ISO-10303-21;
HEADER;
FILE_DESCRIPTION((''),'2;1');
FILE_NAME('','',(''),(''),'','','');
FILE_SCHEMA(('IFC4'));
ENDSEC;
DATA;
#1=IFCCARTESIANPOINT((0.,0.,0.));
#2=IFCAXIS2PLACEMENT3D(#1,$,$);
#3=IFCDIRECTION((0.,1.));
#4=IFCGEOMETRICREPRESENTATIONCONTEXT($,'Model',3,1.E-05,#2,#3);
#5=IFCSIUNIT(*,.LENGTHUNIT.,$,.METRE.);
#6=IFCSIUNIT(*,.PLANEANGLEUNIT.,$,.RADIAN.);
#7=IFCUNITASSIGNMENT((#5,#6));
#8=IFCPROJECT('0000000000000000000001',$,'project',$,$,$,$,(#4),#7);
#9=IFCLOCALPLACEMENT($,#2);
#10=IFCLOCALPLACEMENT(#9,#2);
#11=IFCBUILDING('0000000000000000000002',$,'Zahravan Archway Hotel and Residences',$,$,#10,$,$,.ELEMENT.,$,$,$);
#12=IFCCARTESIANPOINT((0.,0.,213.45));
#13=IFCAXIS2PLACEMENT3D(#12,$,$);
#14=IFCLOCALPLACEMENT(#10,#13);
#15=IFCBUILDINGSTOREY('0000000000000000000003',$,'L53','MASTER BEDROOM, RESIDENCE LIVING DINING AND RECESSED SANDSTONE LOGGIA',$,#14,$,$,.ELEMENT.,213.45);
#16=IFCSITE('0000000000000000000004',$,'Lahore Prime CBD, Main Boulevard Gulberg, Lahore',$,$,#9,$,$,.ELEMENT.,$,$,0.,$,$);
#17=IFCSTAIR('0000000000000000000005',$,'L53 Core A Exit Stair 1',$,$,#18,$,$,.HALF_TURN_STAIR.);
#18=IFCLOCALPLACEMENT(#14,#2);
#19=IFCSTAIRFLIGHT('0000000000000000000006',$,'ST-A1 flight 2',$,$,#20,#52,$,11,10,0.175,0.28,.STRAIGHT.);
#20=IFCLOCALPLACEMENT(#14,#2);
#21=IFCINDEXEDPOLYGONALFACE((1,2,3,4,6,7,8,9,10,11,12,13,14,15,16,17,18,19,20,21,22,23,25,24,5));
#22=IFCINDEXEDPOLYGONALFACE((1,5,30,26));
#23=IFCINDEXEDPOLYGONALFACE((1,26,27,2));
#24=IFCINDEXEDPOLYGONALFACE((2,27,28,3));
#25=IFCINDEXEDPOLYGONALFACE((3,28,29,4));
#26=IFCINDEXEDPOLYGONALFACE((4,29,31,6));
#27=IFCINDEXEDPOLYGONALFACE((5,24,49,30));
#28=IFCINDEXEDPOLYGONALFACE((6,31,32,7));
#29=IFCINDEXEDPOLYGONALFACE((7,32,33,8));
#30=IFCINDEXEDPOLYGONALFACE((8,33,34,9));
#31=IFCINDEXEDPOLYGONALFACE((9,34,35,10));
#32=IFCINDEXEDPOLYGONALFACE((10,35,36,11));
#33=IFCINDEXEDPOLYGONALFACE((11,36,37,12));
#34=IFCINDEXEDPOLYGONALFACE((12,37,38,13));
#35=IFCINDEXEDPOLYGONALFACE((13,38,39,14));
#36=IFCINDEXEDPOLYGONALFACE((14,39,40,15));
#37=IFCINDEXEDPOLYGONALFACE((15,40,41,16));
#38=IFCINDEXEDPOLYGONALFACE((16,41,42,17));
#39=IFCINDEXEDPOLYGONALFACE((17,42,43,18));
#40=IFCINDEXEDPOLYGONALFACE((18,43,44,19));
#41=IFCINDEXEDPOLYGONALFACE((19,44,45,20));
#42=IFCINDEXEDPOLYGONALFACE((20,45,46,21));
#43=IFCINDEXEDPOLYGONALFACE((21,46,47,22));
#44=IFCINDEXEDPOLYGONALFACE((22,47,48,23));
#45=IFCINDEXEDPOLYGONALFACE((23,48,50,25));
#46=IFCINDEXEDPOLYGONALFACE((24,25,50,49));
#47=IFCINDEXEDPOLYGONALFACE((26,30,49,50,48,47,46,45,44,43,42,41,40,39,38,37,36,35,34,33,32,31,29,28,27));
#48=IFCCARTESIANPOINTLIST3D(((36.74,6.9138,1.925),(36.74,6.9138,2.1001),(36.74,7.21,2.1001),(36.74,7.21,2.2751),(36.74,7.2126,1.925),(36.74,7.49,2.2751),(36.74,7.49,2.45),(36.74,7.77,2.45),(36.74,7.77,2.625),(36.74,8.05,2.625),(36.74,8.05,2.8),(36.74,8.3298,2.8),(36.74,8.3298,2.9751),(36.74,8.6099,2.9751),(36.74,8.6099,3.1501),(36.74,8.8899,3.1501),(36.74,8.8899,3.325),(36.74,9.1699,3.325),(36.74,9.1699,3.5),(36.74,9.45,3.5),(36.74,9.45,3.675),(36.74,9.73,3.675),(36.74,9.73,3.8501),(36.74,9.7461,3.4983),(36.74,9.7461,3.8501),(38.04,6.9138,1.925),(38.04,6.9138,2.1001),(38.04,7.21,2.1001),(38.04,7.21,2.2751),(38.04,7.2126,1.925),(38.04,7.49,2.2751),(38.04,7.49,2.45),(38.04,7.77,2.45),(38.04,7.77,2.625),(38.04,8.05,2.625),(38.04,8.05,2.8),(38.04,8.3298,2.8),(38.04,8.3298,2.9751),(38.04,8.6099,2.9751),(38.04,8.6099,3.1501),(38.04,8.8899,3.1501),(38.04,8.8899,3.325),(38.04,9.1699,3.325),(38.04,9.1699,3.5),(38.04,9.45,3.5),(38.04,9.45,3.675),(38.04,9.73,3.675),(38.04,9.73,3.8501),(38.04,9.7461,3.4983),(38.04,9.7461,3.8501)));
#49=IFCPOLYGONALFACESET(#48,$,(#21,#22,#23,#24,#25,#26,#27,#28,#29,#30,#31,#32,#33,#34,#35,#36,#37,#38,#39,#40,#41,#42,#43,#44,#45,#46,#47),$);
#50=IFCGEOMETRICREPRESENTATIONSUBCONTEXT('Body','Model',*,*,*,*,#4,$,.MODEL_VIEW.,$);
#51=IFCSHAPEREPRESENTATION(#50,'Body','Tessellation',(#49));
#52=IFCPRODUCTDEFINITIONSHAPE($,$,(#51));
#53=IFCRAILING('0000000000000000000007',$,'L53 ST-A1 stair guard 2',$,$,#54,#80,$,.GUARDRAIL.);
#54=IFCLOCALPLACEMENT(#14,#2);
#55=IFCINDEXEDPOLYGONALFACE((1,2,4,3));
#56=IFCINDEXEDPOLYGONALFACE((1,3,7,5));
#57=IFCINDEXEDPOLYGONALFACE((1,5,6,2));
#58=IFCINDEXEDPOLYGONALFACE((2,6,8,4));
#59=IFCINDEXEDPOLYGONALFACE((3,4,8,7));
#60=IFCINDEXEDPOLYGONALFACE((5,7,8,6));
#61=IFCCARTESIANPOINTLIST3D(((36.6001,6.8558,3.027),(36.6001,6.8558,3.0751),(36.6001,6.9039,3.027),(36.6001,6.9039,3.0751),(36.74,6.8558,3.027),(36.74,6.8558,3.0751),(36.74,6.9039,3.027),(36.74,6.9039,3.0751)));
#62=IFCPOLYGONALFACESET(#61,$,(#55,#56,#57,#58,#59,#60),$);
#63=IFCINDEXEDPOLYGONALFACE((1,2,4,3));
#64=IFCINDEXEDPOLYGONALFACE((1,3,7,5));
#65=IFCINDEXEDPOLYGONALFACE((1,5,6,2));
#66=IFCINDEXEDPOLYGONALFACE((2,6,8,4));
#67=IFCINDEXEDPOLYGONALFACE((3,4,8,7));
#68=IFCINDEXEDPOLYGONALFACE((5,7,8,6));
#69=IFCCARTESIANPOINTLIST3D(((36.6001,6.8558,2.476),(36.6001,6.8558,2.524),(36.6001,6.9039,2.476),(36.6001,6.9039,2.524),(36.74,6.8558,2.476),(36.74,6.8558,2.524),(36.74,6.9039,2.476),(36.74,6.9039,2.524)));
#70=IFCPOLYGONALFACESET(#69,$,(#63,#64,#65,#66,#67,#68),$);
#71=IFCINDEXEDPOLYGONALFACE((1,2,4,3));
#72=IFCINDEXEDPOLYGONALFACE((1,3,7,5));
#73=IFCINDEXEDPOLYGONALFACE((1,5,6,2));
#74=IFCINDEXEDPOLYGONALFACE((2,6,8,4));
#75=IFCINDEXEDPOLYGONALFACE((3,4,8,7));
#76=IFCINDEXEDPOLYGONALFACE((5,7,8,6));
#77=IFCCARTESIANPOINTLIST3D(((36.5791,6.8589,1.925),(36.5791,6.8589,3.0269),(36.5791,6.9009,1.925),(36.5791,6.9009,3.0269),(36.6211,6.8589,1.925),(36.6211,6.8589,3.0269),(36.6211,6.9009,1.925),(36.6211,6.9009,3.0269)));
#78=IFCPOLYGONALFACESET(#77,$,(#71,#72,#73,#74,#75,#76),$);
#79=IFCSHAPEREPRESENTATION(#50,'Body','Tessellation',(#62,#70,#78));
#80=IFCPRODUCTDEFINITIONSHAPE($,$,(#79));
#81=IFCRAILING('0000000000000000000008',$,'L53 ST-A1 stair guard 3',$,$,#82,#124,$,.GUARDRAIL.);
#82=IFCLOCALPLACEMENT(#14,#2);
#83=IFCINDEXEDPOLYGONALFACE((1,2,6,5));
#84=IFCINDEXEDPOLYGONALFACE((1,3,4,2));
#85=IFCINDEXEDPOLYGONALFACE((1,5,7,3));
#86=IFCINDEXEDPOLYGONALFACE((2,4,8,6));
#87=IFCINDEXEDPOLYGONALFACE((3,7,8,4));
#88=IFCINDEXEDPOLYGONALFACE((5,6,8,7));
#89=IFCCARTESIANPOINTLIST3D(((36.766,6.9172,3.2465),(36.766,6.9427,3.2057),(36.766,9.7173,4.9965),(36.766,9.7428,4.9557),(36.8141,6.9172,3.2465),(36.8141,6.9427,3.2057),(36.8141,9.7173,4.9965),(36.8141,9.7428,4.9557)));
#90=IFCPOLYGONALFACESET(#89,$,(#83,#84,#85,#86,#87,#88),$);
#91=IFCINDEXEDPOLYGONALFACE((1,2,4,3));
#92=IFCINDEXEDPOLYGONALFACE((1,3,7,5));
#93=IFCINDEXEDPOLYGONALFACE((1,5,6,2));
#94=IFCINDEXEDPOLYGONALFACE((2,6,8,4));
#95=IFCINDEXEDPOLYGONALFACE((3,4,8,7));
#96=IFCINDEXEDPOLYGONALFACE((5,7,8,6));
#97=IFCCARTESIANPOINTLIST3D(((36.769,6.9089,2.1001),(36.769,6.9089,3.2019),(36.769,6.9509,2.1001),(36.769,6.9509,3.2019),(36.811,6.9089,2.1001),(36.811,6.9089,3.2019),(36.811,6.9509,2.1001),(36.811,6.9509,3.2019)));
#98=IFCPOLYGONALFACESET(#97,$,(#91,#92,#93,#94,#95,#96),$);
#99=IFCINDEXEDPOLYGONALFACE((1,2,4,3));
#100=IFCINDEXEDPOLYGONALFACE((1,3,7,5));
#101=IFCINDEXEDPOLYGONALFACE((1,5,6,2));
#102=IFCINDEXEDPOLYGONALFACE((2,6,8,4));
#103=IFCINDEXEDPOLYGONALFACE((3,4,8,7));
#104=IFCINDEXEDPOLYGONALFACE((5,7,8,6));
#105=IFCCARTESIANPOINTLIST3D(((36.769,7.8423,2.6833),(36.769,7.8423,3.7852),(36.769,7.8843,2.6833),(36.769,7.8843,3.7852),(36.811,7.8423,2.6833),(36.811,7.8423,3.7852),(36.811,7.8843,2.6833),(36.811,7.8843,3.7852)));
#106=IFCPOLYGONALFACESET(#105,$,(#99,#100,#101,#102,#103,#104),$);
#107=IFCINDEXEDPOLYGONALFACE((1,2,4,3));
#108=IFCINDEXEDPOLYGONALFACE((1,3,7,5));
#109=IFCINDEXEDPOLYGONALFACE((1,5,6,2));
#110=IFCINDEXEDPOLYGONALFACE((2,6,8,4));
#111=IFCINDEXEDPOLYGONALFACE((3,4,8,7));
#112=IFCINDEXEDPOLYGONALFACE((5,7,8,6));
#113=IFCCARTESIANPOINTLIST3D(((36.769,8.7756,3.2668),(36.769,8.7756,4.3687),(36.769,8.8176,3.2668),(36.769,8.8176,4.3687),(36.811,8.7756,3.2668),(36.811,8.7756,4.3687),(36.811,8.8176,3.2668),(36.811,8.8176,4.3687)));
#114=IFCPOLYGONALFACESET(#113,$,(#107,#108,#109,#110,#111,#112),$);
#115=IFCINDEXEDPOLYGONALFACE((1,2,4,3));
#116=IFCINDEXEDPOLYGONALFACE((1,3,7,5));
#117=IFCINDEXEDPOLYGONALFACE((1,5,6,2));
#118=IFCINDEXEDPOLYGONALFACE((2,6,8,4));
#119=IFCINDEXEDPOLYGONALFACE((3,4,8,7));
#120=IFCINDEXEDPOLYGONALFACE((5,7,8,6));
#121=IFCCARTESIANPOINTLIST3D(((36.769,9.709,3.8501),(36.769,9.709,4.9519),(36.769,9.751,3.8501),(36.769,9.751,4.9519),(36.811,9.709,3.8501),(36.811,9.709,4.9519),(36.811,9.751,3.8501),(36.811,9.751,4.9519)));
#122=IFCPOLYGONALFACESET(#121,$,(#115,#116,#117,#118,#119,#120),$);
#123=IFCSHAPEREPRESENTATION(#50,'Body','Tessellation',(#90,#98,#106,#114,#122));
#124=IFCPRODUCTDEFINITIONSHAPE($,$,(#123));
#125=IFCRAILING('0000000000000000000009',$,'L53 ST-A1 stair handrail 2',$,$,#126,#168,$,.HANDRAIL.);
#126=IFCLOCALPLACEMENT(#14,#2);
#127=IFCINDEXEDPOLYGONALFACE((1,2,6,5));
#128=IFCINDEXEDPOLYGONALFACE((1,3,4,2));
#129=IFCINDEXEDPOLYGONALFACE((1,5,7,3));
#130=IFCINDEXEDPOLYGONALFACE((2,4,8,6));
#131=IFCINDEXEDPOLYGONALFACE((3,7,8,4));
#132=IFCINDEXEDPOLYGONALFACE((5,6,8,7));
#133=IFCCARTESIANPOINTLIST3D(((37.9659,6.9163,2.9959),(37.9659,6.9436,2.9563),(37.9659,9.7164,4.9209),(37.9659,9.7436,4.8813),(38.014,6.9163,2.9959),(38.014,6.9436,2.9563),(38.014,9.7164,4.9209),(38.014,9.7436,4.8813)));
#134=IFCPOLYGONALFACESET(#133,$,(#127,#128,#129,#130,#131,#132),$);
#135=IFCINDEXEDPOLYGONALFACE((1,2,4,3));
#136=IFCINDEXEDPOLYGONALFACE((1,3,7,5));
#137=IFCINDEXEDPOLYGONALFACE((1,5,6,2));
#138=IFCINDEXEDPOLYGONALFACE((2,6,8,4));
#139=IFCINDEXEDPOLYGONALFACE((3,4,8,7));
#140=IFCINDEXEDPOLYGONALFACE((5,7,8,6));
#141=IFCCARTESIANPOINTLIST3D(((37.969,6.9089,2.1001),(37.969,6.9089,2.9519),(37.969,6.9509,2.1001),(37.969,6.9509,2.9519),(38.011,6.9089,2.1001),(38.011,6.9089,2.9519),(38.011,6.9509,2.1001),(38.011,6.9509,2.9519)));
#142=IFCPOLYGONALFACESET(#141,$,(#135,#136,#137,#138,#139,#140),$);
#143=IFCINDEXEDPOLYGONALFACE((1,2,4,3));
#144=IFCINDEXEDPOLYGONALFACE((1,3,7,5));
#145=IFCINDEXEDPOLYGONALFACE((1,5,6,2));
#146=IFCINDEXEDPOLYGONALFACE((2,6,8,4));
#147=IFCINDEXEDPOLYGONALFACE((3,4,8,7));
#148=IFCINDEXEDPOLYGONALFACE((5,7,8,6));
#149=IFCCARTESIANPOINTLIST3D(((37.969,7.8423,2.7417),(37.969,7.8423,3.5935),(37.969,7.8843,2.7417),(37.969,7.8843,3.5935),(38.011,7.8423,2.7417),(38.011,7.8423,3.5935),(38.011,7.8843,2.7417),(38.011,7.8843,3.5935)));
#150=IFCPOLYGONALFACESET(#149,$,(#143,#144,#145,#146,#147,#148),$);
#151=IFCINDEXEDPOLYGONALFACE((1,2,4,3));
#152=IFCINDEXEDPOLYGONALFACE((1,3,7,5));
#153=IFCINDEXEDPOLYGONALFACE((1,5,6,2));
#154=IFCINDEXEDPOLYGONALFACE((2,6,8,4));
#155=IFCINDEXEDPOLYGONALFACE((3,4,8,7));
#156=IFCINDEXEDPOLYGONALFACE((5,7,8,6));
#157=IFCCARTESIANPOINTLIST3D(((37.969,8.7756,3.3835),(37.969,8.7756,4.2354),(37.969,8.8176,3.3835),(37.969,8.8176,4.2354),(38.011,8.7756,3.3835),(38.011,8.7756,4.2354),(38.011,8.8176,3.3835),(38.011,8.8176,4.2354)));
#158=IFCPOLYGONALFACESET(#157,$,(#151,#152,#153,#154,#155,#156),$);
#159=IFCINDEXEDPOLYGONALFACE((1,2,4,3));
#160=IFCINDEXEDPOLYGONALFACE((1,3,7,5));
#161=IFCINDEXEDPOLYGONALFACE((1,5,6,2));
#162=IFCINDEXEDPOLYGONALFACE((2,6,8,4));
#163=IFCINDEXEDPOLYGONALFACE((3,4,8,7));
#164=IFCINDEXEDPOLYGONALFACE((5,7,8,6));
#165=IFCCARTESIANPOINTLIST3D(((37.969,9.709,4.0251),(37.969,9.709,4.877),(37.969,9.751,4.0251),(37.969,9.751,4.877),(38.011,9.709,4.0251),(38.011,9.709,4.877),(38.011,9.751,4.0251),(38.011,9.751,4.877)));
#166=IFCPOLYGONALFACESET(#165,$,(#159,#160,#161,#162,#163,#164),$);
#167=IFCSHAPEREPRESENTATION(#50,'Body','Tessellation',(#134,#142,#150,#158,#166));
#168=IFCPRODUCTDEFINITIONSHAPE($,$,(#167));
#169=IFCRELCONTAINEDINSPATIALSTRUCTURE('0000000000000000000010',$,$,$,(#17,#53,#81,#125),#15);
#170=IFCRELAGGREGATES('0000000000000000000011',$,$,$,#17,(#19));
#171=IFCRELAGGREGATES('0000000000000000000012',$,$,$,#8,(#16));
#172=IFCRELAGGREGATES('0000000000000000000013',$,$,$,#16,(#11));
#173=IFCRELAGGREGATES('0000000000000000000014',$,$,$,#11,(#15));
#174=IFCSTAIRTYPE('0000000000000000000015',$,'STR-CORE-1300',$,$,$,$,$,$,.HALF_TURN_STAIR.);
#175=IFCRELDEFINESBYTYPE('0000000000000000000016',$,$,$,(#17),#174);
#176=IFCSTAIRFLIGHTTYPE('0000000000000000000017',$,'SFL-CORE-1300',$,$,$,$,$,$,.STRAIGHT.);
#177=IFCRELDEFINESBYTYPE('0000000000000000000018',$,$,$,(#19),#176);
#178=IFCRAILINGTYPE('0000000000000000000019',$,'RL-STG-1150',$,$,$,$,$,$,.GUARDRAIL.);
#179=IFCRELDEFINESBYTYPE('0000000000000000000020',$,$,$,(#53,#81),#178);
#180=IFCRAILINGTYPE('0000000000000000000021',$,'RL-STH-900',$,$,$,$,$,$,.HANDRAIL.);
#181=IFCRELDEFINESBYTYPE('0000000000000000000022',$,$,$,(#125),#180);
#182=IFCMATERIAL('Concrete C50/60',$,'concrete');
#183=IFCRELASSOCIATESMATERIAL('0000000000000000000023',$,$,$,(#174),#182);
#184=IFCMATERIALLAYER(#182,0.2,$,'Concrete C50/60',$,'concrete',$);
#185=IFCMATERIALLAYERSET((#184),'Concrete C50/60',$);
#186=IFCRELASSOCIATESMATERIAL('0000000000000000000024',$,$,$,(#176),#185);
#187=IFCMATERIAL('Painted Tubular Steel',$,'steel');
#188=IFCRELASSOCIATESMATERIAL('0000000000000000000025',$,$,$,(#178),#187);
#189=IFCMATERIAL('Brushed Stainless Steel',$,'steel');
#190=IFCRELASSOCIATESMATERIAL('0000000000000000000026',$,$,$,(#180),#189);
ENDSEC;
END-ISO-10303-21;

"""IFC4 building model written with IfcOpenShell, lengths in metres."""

from ifc_helpers import new_model, si_unit, direction, frame, origin, origin_2d, place, context, subcontext, project, spatial, polyline, rectangle, outline, extrude, source, transform, mapped, material, layer, layer_set, type_object, element, aggregate, save


model = new_model("IFC4")

# Units and contexts
model_context = context("Model", 3, precision=1e-05, world=origin(), true_north=direction((0.0, 1.0)))
body_context = subcontext(model_context, "Body", "Model", "MODEL_VIEW")
ifc_project = project(units=[si_unit("LENGTHUNIT", "METRE"), si_unit("PLANEANGLEUNIT", "RADIAN")], contexts=[model_context])

# Site, building, storey
site_placement = place(None, origin())
site = spatial("IfcSite", under=ifc_project, at=site_placement, Name="Lahore Prime CBD, Main Boulevard Gulberg, Lahore", CompositionType="ELEMENT", RefElevation=0.0)
building_placement = place(site_placement, origin())
building = spatial("IfcBuilding", under=site, at=building_placement, Name="Zahravan Archway Hotel and Residences", CompositionType="ELEMENT")
storey_placement = place(building_placement, frame((0.0, 0.0, 213.45)))
storey = spatial("IfcBuildingStorey", under=building, at=storey_placement, Name="L53", Description="MASTER BEDROOM, RESIDENCE LIVING DINING AND RECESSED SANDSTONE LOGGIA", CompositionType="ELEMENT", Elevation=213.45)

# Shared definitions
ifc_material_1 = material(Name="Brushed Stainless Steel", Category="steel")

# Shared definitions
ifc_material_2 = material(Name="Concrete C50/60", Category="concrete")

# Stair, stair flight
stair_type = type_object("IfcStairType", Name="STR-CORE-1300", PredefinedType="HALF_TURN_STAIR", material=ifc_material_2)
stair_placement = place(storey_placement, origin())
stair = element("IfcStair", 1, at=stair_placement, inside=storey, type_object=stair_type, Name="L53 Core A Exit Stair 1", PredefinedType="HALF_TURN_STAIR")
ifc_layer_1 = layer(ifc_material_2, 0.2, Name="Concrete C50/60", Category="concrete")
ifc_layer_set_1 = layer_set([ifc_layer_1], Name="Concrete C50/60")
stair_flight_type = type_object("IfcStairFlightType", Name="SFL-CORE-1300", PredefinedType="STRAIGHT", material=ifc_layer_set_1)
shared_shape_1 = source(origin(), body_context, "Body", "SweptSolid", [
    extrude(outline(polyline([(-0.0161, 0.0), (-0.0161, 0.175), (0.28, 0.175), (0.28, 0.3501), (0.5601, 0.3501), (0.5601, 0.5249), (0.8401, 0.5249), (0.8401, 0.7), (1.1201, 0.7), (1.1201, 0.875), (1.3999, 0.875), (1.3999, 1.05), (1.6799, 1.05), (1.6799, 1.2251), (1.96, 1.2251), (1.96, 1.3999), (2.24, 1.3999), (2.24, 1.575), (2.52, 1.575), (2.52, 1.75), (2.8, 1.75), (2.8, 1.925), (2.8162, 1.925), (2.8162, 1.5732), (0.2827, 0.0), (-0.0161, 0.0)])), frame((0.0, 0.6499, 0.0), z_axis=(0.0, -1.0, 0.0), x_axis=(1.0, 0.0, 0.0)), (0.0, 0.0, 1.0), 1.3),
])
stair_flight_placement = place(storey_placement, frame((37.3899, 6.9299, 1.925), z_axis=(0.0, 0.0, 1.0), x_axis=(0.0, 1.0, 0.0)))
stair_flight = element("IfcStairFlight", 2, at=stair_flight_placement, type_object=stair_flight_type, Name="ST-A1 flight 2", NumberOfRisers=11, NumberOfTreads=10, PredefinedType="STRAIGHT", RiserHeight=0.175, TreadLength=0.28, context=body_context, shape_type="MappedRepresentation", body=[
    mapped(shared_shape_1, transform((0.0, 0.0, 0.0), scale=1.0)),
])
aggregate(stair, [stair_flight])

# Railings
ifc_material_3 = material(Name="Painted Tubular Steel", Category="steel")
railing_type_1 = type_object("IfcRailingType", Name="RL-STG-1150", PredefinedType="GUARDRAIL", material=ifc_material_3)
railing_1_placement = place(storey_placement, frame((36.6001, 6.8799, 1.925)))
element("IfcRailing", 3, at=railing_1_placement, inside=storey, type_object=railing_type_1, Name="L53 ST-A1 stair guard 2", PredefinedType="GUARDRAIL", context=body_context, shape_type="SweptSolid", body=[
    extrude(rectangle(XDim=0.0481, YDim=0.0481, at=origin_2d()), frame((0.0, 0.0, 1.126), z_axis=(1.0, 0.0, 0.0), x_axis=(0.0, 1.0, 0.0)), (0.0, 0.0, 1.0), 0.1399),
    extrude(rectangle(XDim=0.0481, YDim=0.0481, at=origin_2d()), frame((0.0, 0.0, 0.575), z_axis=(1.0, 0.0, 0.0), x_axis=(0.0, 1.0, 0.0)), (0.0, 0.0, 1.0), 0.1399),
    extrude(rectangle(XDim=0.042, YDim=0.042, at=origin_2d()), origin(), (0.0, 0.0, 1.0), 1.1018),
])
railing_2_placement = place(storey_placement, frame((36.79, 6.9299, 2.1001)))
element("IfcRailing", 4, at=railing_2_placement, inside=storey, type_object=railing_type_1, Name="L53 ST-A1 stair guard 3", PredefinedType="GUARDRAIL", context=body_context, shape_type="SweptSolid", body=[
    extrude(rectangle(XDim=0.0481, YDim=0.0481, at=origin_2d()), frame((0.0, 0.0, 1.126), z_axis=(0.0, 0.848002, 0.529992), x_axis=(-1.0, 0.0, 0.0)), (0.0, 0.0, 1.0), 3.302),
    extrude(rectangle(XDim=0.042, YDim=0.042, at=origin_2d()), origin(), (0.0, 0.0, 1.0), 1.1018),
    extrude(rectangle(XDim=0.042, YDim=0.042, at=origin_2d()), frame((0.0, 0.9333, 0.5833)), (0.0, 0.0, 1.0), 1.1018),
    extrude(rectangle(XDim=0.042, YDim=0.042, at=origin_2d()), frame((0.0, 1.8667, 1.1667)), (0.0, 0.0, 1.0), 1.1018),
    extrude(rectangle(XDim=0.042, YDim=0.042, at=origin_2d()), frame((0.0, 2.8, 1.75)), (0.0, 0.0, 1.0), 1.1018),
])
railing_type_2 = type_object("IfcRailingType", Name="RL-STH-900", PredefinedType="HANDRAIL", material=ifc_material_1)
railing_3_placement = place(storey_placement, frame((37.99, 6.9299, 2.1001)))
element("IfcRailing", 5, at=railing_3_placement, inside=storey, type_object=railing_type_2, Name="L53 ST-A1 stair handrail 2", PredefinedType="HANDRAIL", context=body_context, shape_type="SweptSolid", body=[
    extrude(rectangle(XDim=0.0481, YDim=0.0481, at=origin_2d()), frame((0.0, 0.0, 0.876), z_axis=(0.0, 0.82404, 0.566532), x_axis=(-1.0, 0.0, 0.0)), (0.0, 0.0, 1.0), 3.3979),
    extrude(rectangle(XDim=0.042, YDim=0.042, at=origin_2d()), origin(), (0.0, 0.0, 1.0), 0.8518),
    extrude(rectangle(XDim=0.042, YDim=0.042, at=origin_2d()), frame((0.0, 0.9333, 0.6416)), (0.0, 0.0, 1.0), 0.8518),
    extrude(rectangle(XDim=0.042, YDim=0.042, at=origin_2d()), frame((0.0, 1.8667, 1.2834)), (0.0, 0.0, 1.0), 0.8518),
    extrude(rectangle(XDim=0.042, YDim=0.042, at=origin_2d()), frame((0.0, 2.8, 1.925)), (0.0, 0.0, 1.0), 0.8518),
])

save(model, "model.ifc")
